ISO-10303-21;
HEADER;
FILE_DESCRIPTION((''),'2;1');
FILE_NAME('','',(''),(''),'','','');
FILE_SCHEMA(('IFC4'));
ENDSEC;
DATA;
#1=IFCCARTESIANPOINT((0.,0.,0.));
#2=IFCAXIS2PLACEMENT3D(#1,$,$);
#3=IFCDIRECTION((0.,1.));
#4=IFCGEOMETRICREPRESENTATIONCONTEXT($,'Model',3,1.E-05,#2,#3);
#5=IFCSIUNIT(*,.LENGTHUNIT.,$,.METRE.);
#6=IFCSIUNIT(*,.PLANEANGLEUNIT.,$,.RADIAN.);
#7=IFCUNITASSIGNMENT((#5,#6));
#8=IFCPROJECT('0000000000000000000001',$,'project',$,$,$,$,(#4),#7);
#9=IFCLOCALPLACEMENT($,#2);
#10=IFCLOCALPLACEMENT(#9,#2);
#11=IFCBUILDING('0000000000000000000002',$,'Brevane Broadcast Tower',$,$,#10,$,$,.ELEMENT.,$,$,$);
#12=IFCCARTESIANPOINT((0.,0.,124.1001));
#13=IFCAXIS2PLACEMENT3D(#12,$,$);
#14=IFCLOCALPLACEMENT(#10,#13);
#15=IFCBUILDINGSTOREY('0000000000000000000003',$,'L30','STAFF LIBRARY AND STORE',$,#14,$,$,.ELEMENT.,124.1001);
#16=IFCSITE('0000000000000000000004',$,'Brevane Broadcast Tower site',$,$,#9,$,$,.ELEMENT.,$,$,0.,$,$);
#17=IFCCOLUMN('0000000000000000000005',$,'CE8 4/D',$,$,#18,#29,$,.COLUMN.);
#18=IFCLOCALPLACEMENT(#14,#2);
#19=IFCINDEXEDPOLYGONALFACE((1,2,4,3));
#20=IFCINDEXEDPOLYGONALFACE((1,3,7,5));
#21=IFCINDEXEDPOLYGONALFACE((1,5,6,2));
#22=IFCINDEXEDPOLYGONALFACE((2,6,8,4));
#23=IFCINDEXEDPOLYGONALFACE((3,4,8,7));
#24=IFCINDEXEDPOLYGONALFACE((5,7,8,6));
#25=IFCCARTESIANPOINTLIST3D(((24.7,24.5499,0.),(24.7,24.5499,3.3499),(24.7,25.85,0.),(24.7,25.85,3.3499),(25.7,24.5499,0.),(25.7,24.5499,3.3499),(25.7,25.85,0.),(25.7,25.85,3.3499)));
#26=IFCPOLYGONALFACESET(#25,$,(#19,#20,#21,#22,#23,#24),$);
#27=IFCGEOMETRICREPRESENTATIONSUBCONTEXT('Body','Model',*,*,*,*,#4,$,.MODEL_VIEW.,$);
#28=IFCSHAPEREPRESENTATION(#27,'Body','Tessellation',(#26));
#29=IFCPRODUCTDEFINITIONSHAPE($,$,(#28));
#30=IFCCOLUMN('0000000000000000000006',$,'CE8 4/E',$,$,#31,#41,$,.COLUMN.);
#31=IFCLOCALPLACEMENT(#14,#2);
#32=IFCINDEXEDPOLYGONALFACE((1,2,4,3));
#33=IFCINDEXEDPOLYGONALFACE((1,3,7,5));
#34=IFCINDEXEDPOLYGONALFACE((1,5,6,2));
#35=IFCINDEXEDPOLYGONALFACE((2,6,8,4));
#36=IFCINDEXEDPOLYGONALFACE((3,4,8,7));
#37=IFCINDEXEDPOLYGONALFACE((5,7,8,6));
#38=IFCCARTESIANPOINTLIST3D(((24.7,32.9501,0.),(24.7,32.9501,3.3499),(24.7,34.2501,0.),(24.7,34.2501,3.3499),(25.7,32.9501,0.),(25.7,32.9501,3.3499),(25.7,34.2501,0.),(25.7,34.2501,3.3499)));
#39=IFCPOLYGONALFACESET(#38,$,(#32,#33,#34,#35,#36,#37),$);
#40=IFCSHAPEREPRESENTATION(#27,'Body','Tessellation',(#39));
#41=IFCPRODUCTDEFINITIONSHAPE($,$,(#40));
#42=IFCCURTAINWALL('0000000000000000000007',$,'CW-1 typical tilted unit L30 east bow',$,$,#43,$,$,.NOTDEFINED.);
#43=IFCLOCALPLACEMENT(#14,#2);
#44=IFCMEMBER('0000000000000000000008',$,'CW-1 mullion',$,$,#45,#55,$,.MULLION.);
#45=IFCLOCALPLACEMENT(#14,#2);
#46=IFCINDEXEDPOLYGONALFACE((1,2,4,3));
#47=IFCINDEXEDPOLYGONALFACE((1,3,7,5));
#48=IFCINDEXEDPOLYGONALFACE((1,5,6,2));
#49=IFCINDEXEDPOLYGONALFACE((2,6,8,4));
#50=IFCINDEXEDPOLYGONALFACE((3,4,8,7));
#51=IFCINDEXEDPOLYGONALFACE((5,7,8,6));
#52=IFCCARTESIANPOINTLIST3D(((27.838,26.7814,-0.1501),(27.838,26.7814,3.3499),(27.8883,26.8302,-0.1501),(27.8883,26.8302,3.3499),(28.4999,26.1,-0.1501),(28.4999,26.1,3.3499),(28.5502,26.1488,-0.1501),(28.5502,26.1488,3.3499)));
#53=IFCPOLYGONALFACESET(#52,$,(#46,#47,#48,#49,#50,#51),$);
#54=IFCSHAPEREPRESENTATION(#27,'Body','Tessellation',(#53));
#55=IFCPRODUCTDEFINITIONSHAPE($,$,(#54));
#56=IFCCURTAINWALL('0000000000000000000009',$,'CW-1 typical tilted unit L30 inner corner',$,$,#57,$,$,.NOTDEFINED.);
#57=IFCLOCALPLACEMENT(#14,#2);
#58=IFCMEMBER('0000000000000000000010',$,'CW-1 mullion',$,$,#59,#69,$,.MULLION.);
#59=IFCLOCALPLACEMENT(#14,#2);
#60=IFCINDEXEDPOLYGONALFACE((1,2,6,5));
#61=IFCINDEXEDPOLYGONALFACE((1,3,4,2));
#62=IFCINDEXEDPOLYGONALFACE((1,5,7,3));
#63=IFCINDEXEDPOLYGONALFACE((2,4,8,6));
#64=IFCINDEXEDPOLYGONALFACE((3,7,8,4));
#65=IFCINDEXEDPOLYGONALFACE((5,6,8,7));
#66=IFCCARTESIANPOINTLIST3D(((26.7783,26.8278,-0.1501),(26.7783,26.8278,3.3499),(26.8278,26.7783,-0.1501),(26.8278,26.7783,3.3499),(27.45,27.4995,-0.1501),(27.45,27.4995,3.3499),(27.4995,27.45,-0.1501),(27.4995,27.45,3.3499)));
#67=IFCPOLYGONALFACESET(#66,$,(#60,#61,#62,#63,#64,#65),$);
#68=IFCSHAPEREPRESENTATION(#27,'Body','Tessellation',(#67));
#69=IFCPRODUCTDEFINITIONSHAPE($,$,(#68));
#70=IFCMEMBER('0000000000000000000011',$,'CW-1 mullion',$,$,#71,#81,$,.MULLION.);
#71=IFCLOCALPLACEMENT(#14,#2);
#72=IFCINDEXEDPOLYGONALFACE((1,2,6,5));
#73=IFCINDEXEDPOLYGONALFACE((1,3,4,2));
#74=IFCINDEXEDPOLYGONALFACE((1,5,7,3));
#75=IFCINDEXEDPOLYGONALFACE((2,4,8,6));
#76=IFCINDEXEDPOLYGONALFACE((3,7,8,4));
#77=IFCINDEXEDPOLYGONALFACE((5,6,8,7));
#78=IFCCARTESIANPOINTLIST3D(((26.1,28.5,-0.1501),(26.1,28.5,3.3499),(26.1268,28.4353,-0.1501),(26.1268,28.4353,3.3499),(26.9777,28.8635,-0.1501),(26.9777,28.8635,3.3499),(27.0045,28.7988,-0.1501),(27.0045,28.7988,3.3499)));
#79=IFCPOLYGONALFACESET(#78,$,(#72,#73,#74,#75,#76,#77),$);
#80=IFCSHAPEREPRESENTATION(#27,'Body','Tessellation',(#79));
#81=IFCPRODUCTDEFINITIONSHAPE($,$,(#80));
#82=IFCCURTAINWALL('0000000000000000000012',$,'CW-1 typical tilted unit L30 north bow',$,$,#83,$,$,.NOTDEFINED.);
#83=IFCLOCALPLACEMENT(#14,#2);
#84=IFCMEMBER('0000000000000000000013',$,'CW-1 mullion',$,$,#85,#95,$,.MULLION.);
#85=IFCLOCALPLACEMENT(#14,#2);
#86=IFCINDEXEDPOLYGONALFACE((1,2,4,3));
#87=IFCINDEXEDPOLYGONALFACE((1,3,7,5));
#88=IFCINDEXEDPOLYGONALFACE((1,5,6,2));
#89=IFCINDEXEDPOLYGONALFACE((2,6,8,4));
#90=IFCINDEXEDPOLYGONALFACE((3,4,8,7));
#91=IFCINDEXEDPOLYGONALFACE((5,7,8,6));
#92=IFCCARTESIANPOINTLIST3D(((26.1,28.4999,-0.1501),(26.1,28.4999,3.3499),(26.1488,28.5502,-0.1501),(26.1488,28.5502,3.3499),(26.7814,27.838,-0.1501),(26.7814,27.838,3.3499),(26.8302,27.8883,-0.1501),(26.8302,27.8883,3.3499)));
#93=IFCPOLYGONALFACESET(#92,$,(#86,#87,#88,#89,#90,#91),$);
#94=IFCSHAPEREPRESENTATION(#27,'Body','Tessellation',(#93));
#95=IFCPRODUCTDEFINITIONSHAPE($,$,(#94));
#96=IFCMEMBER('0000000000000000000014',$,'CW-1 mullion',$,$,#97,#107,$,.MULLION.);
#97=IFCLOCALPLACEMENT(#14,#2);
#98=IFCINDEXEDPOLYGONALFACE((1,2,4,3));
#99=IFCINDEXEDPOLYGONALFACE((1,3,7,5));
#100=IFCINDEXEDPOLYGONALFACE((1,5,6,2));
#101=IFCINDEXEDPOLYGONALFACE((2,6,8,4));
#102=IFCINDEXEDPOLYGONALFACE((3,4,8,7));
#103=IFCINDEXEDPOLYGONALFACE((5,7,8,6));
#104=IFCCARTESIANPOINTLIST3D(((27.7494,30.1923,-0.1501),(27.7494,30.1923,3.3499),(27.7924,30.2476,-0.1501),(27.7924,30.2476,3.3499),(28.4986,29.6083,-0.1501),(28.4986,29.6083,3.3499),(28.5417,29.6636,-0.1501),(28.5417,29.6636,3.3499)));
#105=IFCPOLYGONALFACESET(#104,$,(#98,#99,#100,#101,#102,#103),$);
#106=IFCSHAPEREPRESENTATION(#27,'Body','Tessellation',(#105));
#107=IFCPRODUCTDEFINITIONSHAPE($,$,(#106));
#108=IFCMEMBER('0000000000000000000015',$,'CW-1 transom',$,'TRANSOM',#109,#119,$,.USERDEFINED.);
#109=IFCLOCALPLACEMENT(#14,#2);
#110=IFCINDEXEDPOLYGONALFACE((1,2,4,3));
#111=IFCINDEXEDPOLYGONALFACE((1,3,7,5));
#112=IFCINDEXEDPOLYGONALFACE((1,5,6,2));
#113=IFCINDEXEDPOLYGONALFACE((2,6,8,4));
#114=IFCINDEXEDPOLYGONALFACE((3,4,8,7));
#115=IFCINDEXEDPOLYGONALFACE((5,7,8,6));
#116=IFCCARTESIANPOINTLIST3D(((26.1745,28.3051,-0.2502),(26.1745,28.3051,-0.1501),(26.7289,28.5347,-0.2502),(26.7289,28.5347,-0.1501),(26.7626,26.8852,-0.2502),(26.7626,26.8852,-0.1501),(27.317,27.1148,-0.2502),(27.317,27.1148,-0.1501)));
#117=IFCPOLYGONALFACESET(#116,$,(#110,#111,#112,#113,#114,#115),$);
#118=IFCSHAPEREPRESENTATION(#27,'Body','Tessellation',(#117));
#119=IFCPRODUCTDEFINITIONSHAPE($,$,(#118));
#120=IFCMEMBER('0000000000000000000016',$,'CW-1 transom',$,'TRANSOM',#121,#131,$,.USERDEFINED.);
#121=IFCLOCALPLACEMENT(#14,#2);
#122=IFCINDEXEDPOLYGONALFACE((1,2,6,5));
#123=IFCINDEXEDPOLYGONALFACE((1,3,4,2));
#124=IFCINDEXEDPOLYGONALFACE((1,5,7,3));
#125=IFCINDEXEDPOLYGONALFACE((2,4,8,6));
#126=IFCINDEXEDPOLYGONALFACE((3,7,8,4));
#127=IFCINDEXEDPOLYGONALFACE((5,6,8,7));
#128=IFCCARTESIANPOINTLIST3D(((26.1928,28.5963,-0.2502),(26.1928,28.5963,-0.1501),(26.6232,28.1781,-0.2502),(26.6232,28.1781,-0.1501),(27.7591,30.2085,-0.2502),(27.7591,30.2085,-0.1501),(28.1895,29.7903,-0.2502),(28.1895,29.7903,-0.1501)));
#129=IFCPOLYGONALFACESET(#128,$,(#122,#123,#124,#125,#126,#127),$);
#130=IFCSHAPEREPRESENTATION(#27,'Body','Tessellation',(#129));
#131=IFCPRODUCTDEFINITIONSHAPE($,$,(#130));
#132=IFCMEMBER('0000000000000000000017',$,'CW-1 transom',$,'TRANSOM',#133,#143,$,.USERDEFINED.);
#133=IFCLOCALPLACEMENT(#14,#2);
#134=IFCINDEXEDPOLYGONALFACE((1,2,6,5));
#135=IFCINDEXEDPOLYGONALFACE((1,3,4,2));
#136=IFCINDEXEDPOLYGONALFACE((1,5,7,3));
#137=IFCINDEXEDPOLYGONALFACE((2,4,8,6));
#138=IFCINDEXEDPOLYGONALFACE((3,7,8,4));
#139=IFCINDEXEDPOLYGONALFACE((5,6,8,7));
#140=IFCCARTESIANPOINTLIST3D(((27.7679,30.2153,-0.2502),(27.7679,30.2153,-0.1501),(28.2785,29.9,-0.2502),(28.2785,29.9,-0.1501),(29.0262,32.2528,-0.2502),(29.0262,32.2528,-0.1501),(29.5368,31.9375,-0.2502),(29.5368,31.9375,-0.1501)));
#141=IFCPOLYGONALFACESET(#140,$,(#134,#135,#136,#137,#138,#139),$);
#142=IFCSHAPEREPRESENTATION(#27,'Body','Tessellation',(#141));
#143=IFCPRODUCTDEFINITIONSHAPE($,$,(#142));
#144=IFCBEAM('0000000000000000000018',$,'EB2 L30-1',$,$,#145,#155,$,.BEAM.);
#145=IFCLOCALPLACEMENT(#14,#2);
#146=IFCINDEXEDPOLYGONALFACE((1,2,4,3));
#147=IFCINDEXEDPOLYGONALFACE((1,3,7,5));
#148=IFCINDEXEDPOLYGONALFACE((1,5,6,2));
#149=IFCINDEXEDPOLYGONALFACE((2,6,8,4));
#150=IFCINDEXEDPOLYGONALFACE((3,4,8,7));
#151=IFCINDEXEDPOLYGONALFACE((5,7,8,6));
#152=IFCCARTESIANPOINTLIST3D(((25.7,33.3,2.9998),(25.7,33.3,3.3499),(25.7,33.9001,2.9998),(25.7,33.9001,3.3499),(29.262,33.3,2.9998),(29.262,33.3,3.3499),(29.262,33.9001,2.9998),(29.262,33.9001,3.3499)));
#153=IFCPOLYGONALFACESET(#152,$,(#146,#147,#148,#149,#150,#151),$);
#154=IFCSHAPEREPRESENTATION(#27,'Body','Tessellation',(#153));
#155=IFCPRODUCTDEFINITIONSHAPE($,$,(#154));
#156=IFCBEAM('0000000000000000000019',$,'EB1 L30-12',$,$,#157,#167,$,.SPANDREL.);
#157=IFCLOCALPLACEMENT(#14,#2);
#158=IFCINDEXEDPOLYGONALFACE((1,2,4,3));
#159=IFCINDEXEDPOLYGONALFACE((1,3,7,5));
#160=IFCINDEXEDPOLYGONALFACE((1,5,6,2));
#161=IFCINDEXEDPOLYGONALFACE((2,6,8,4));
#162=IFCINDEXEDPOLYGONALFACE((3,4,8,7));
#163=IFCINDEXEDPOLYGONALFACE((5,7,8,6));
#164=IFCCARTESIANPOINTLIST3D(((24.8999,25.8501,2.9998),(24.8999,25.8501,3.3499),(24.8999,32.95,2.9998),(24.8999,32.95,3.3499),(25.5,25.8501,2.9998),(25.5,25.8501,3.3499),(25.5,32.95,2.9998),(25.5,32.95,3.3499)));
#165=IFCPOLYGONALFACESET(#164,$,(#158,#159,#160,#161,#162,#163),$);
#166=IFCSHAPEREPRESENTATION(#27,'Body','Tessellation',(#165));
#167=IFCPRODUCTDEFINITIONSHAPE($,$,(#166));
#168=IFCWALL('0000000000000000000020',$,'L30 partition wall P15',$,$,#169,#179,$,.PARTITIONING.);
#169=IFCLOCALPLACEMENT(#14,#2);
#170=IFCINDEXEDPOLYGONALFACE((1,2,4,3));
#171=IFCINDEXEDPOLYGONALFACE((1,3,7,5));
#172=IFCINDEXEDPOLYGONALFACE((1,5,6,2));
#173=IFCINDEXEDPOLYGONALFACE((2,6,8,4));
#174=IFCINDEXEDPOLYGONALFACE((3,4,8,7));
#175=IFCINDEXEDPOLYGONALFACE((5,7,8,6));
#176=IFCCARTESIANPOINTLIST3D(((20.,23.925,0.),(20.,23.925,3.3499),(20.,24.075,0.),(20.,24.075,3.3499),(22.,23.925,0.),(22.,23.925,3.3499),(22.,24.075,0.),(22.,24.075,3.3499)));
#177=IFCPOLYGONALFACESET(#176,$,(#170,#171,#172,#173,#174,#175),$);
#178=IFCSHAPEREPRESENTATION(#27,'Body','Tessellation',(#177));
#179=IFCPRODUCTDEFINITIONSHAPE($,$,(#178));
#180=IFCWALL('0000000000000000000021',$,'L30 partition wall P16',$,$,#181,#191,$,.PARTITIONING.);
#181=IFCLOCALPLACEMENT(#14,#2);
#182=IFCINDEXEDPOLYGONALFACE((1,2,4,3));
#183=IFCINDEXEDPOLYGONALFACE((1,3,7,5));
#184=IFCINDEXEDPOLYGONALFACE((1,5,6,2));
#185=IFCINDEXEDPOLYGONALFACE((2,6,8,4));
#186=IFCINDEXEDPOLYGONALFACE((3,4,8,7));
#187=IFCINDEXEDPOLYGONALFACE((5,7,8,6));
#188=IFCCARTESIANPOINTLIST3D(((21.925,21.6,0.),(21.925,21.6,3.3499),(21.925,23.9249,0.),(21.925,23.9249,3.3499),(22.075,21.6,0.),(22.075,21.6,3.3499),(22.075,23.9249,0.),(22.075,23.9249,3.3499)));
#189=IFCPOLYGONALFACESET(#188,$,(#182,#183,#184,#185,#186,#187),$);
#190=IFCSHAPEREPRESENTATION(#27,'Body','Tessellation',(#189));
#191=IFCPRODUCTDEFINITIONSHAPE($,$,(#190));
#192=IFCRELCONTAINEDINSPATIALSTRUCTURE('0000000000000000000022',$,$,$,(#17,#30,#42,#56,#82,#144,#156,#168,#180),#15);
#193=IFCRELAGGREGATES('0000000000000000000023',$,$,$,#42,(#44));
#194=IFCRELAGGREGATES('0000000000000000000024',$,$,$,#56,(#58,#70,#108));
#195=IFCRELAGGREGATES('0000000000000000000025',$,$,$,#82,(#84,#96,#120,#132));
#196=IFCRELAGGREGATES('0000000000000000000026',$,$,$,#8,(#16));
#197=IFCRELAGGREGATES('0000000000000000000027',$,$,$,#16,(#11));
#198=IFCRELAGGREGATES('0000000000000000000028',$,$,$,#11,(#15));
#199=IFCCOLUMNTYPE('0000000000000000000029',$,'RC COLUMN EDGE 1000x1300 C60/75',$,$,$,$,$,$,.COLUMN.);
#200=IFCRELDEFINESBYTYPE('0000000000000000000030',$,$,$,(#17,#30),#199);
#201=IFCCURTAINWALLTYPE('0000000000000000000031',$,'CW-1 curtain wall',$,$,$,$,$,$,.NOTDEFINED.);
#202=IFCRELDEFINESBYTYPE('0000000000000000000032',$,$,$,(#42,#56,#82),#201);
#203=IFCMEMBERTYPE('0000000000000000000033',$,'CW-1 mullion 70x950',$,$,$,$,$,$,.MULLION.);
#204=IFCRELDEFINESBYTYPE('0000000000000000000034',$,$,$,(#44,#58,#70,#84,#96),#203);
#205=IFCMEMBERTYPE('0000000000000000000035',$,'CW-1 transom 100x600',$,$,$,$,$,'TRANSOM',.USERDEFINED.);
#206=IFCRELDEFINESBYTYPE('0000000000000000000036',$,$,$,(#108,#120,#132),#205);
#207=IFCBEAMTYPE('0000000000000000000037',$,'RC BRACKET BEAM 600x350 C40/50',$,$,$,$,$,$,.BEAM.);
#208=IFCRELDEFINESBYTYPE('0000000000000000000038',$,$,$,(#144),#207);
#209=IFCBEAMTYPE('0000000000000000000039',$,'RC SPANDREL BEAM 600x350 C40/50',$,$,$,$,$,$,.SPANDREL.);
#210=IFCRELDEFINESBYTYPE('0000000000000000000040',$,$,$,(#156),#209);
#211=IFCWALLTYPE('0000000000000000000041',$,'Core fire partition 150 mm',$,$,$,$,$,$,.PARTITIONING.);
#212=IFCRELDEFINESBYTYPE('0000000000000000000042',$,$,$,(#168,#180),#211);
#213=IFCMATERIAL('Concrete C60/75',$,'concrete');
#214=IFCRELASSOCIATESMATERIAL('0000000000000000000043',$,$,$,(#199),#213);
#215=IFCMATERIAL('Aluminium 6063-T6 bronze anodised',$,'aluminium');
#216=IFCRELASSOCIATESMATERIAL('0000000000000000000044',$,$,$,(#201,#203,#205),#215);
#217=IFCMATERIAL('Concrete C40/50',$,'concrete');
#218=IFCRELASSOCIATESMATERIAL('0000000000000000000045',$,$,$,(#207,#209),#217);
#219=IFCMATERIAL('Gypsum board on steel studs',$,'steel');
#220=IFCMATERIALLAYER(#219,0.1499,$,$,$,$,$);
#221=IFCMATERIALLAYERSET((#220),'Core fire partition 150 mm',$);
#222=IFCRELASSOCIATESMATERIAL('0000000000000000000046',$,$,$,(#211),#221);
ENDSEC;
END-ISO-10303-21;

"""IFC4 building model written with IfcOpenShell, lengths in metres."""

from ifc_helpers import new_model, si_unit, direction, frame, frame_2d, origin, origin_2d, place, context, subcontext, project, spatial, rectangle, extrude, material, layer, layer_set, material_profile, profile_set, type_object, element, aggregate, save


model = new_model("IFC4")

# Units and contexts
model_context = context("Model", 3, precision=1e-05, world=origin(), true_north=direction((0.0, 1.0)))
body_context = subcontext(model_context, "Body", "Model", "MODEL_VIEW")
ifc_project = project(units=[si_unit("LENGTHUNIT", "METRE"), si_unit("PLANEANGLEUNIT", "RADIAN")], contexts=[model_context])

# Site, building, storey
site_placement = place(None, origin())
site = spatial("IfcSite", under=ifc_project, at=site_placement, Name="Brevane Broadcast Tower site", CompositionType="ELEMENT", RefElevation=0.0)
building_placement = place(site_placement, origin())
building = spatial("IfcBuilding", under=site, at=building_placement, Name="Brevane Broadcast Tower", CompositionType="ELEMENT")
storey_placement = place(building_placement, frame((0.0, 0.0, 124.1001)))
storey = spatial("IfcBuildingStorey", under=building, at=storey_placement, Name="L30", Description="STAFF LIBRARY AND STORE", CompositionType="ELEMENT", Elevation=124.1001)

# Columns
ifc_material_1 = material(Name="Concrete C60/75", Category="concrete")
ifc_material_profile_1 = material_profile(ifc_material_1, rectangle(XDim=1.0, YDim=1.3, at=origin_2d()), Name="RC 1000x1300")
ifc_profile_set_1 = profile_set([ifc_material_profile_1], Name="Concrete C60/75")
column_type = type_object("IfcColumnType", Name="RC COLUMN EDGE 1000x1300 C60/75", PredefinedType="COLUMN", material=ifc_profile_set_1)
for number, where, z_axis, x_axis, name in (
    (1, (25.2, 25.2, 0.0), (0.0, 0.0, 1.0), (1.0, 0.0, 0.0), "CE8 4/D"),
    (2, (25.2, 33.6001, 0.0), (0.0, 0.0, 1.0), (1.0, 0.0, 0.0), "CE8 4/E"),
):
    element("IfcColumn", number, at=place(storey_placement, frame(where, z_axis=z_axis, x_axis=x_axis)), inside=storey, type_object=column_type, Name=name, PredefinedType="COLUMN", context=body_context, shape_type="SweptSolid", body=[
        extrude(rectangle(XDim=1.0, YDim=1.3, at=origin_2d()), origin(), (0.0, 0.0, 1.0), 3.3499),
    ])

# Curtain wall, member
ifc_material_2 = material(Name="Aluminium 6063-T6 bronze anodised", Category="aluminium")
curtain_wall_type = type_object("IfcCurtainWallType", Name="CW-1 curtain wall", PredefinedType="NOTDEFINED", material=ifc_material_2)
curtain_wall_1_placement = place(storey_placement, origin())
curtain_wall_1 = element("IfcCurtainWall", 3, at=curtain_wall_1_placement, inside=storey, type_object=curtain_wall_type, Name="CW-1 typical tilted unit L30 east bow", PredefinedType="NOTDEFINED")
ifc_material_profile_2 = material_profile(ifc_material_2, rectangle(XDim=0.95, YDim=0.0701, at=origin_2d()), Name="RECT 70x950")
ifc_profile_set_2 = profile_set([ifc_material_profile_2], Name="Aluminium 6063-T6 bronze anodised")
member_type_1 = type_object("IfcMemberType", Name="CW-1 mullion 70x950", PredefinedType="MULLION", material=ifc_profile_set_2)
member_1_placement = place(storey_placement, frame((28.1941, 26.4651, -0.1501), z_axis=(0.0, 0.0, 1.0), x_axis=(0.696812, -0.717254, 0.0)))
member_1 = element("IfcMember", 4, at=member_1_placement, type_object=member_type_1, Name="CW-1 mullion", PredefinedType="MULLION", context=body_context, shape_type="SweptSolid", body=[
    extrude(rectangle(XDim=0.95, YDim=0.0701, at=origin_2d()), origin(), (0.0, 0.0, 1.0), 3.5),
])
aggregate(curtain_wall_1, [member_1])

# Curtain walls, members
curtain_wall_2_placement = place(storey_placement, origin())
curtain_wall_2 = element("IfcCurtainWall", 5, at=curtain_wall_2_placement, inside=storey, type_object=curtain_wall_type, Name="CW-1 typical tilted unit L30 inner corner", PredefinedType="NOTDEFINED")
member_2_placement = place(storey_placement, frame((27.1389, 27.1389, -0.1501), z_axis=(0.0, 0.0, 1.0), x_axis=(-0.707107, -0.707107, 0.0)))
member_2 = element("IfcMember", 6, at=member_2_placement, type_object=member_type_1, Name="CW-1 mullion", PredefinedType="MULLION", context=body_context, shape_type="SweptSolid", body=[
    extrude(rectangle(XDim=0.95, YDim=0.0701, at=origin_2d()), origin(), (0.0, 0.0, 1.0), 3.5),
])
member_3_placement = place(storey_placement, frame((26.5522, 28.6494, -0.1501), z_axis=(0.0, 0.0, 1.0), x_axis=(-0.923879, -0.382684, 0.0)))
member_3 = element("IfcMember", 7, at=member_3_placement, type_object=member_type_1, Name="CW-1 mullion", PredefinedType="MULLION", context=body_context, shape_type="SweptSolid", body=[
    extrude(rectangle(XDim=0.95, YDim=0.0701, at=origin_2d()), origin(), (0.0, 0.0, 1.0), 3.5),
])
curtain_wall_3_placement = place(storey_placement, origin())
curtain_wall_3 = element("IfcCurtainWall", 8, at=curtain_wall_3_placement, inside=storey, type_object=curtain_wall_type, Name="CW-1 typical tilted unit L30 north bow", PredefinedType="NOTDEFINED")
member_4_placement = place(storey_placement, frame((26.4651, 28.1941, -0.1501), z_axis=(0.0, 0.0, 1.0), x_axis=(-0.717254, 0.696812, 0.0)))
member_4 = element("IfcMember", 9, at=member_4_placement, type_object=member_type_1, Name="CW-1 mullion", PredefinedType="MULLION", context=body_context, shape_type="SweptSolid", body=[
    extrude(rectangle(XDim=0.95, YDim=0.0701, at=origin_2d()), origin(), (0.0, 0.0, 1.0), 3.5),
])
member_5_placement = place(storey_placement, frame((28.1455, 29.928, -0.1501), z_axis=(0.0, 0.0, 1.0), x_axis=(-0.788707, 0.61477, 0.0)))
member_5 = element("IfcMember", 10, at=member_5_placement, type_object=member_type_1, Name="CW-1 mullion", PredefinedType="MULLION", context=body_context, shape_type="SweptSolid", body=[
    extrude(rectangle(XDim=0.95, YDim=0.0701, at=origin_2d()), origin(), (0.0, 0.0, 1.0), 3.5),
])

# Members
ifc_material_profile_3 = material_profile(ifc_material_2, rectangle(XDim=0.6001, YDim=0.1001, at=origin_2d()), Name="RECT 100x600")
ifc_profile_set_3 = profile_set([ifc_material_profile_3], Name="Aluminium 6063-T6 bronze anodised")
member_type_2 = type_object("IfcMemberType", Name="CW-1 transom 100x600", ElementType="TRANSOM", PredefinedType="USERDEFINED", material=ifc_profile_set_3)
member_6_placement = place(storey_placement, frame((27.0398, 27.0, -0.2002), z_axis=(-0.382674, 0.923883, 0.0), x_axis=(-0.923883, -0.382674, 0.0)))
member_6 = element("IfcMember", 11, at=member_6_placement, type_object=member_type_2, Name="CW-1 transom", ObjectType="TRANSOM", PredefinedType="USERDEFINED", context=body_context, shape_type="SweptSolid", body=[
    extrude(rectangle(XDim=0.6001, YDim=0.1001, at=origin_2d()), origin(), (0.0, 0.0, 1.0), 1.5369),
])
aggregate(curtain_wall_2, [member_2, member_3, member_6])
member_7_placement = place(storey_placement, frame((26.408, 28.3872, -0.2002), z_axis=(0.696824, 0.717242, 0.0), x_axis=(-0.717242, 0.696824, 0.0)))
member_7 = element("IfcMember", 12, at=member_7_placement, type_object=member_type_2, Name="CW-1 transom", ObjectType="TRANSOM", PredefinedType="USERDEFINED", context=body_context, shape_type="SweptSolid", body=[
    extrude(rectangle(XDim=0.6001, YDim=0.1001, at=origin_2d()), origin(), (0.0, 0.0, 1.0), 2.2478),
])
member_8_placement = place(storey_placement, frame((28.0232, 30.0576, -0.2002), z_axis=(0.525428, 0.850838, 0.0), x_axis=(-0.850838, 0.525428, 0.0)))
member_8 = element("IfcMember", 13, at=member_8_placement, type_object=member_type_2, Name="CW-1 transom", ObjectType="TRANSOM", PredefinedType="USERDEFINED", context=body_context, shape_type="SweptSolid", body=[
    extrude(rectangle(XDim=0.6001, YDim=0.1001, at=origin_2d()), origin(), (0.0, 0.0, 1.0), 2.3948),
])
aggregate(curtain_wall_3, [member_4, member_5, member_7, member_8])

# Beams
ifc_material_3 = material(Name="Concrete C40/50", Category="concrete")
ifc_material_profile_4 = material_profile(ifc_material_3, rectangle(XDim=0.6001, YDim=0.3501, at=origin_2d()), Name="RC 600x350")
ifc_profile_set_4 = profile_set([ifc_material_profile_4], Name="Concrete C40/50")
beam_type_1 = type_object("IfcBeamType", Name="RC BRACKET BEAM 600x350 C40/50", PredefinedType="BEAM", material=ifc_profile_set_4)
beam_1_placement = place(storey_placement, frame((25.7, 33.6001, 3.1748), z_axis=(1.0, 0.0, 0.0), x_axis=(0.0, 1.0, 0.0)))
element("IfcBeam", 14, at=beam_1_placement, inside=storey, type_object=beam_type_1, Name="EB2 L30-1", PredefinedType="BEAM", context=body_context, shape_type="SweptSolid", body=[
    extrude(rectangle(XDim=0.6001, YDim=0.3501, at=origin_2d()), origin(), (0.0, 0.0, 1.0), 3.562),
])
ifc_material_profile_5 = material_profile(ifc_material_3, rectangle(XDim=0.6001, YDim=0.3501, at=origin_2d()), Name="RC 600x350")
ifc_profile_set_5 = profile_set([ifc_material_profile_5], Name="Concrete C40/50")
beam_type_2 = type_object("IfcBeamType", Name="RC SPANDREL BEAM 600x350 C40/50", PredefinedType="SPANDREL", material=ifc_profile_set_5)
beam_2_placement = place(storey_placement, frame((25.2, 25.8501, 3.1748), z_axis=(0.0, 1.0, 0.0), x_axis=(-1.0, 0.0, 0.0)))
element("IfcBeam", 15, at=beam_2_placement, inside=storey, type_object=beam_type_2, Name="EB1 L30-12", PredefinedType="SPANDREL", context=body_context, shape_type="SweptSolid", body=[
    extrude(rectangle(XDim=0.6001, YDim=0.3501, at=origin_2d()), origin(), (0.0, 0.0, 1.0), 7.0999),
])

# Walls
ifc_material_4 = material(Name="Gypsum board on steel studs", Category="steel")
ifc_layer_1 = layer(ifc_material_4, 0.1499)
ifc_layer_set_1 = layer_set([ifc_layer_1], Name="Core fire partition 150 mm")
wall_type_1 = type_object("IfcWallType", Name="Core fire partition 150 mm", PredefinedType="PARTITIONING", material=ifc_layer_set_1)
wall_1_placement = place(storey_placement, frame((20.0, 24.0, 0.0), z_axis=(0.0, 0.0, 1.0), x_axis=(1.0, 0.0, 0.0)))
element("IfcWall", 16, at=wall_1_placement, inside=storey, type_object=wall_type_1, Name="L30 partition wall P15", PredefinedType="PARTITIONING", context=body_context, shape_type="SweptSolid", body=[
    extrude(rectangle(XDim=2.0, YDim=0.1499, at=frame_2d((1.0, 0.0))), origin(), (0.0, 0.0, 1.0), 3.3499),
])
wall_2_placement = place(storey_placement, frame((22.0, 23.925, 0.0), z_axis=(0.0, 0.0, 1.0), x_axis=(0.0, -1.0, 0.0)))
element("IfcWall", 17, at=wall_2_placement, inside=storey, type_object=wall_type_1, Name="L30 partition wall P16", PredefinedType="PARTITIONING", context=body_context, shape_type="SweptSolid", body=[
    extrude(rectangle(XDim=2.325, YDim=0.1499, at=frame_2d((1.1626, 0.0))), origin(), (0.0, 0.0, 1.0), 3.3499),
])

save(model, "model.ifc")
